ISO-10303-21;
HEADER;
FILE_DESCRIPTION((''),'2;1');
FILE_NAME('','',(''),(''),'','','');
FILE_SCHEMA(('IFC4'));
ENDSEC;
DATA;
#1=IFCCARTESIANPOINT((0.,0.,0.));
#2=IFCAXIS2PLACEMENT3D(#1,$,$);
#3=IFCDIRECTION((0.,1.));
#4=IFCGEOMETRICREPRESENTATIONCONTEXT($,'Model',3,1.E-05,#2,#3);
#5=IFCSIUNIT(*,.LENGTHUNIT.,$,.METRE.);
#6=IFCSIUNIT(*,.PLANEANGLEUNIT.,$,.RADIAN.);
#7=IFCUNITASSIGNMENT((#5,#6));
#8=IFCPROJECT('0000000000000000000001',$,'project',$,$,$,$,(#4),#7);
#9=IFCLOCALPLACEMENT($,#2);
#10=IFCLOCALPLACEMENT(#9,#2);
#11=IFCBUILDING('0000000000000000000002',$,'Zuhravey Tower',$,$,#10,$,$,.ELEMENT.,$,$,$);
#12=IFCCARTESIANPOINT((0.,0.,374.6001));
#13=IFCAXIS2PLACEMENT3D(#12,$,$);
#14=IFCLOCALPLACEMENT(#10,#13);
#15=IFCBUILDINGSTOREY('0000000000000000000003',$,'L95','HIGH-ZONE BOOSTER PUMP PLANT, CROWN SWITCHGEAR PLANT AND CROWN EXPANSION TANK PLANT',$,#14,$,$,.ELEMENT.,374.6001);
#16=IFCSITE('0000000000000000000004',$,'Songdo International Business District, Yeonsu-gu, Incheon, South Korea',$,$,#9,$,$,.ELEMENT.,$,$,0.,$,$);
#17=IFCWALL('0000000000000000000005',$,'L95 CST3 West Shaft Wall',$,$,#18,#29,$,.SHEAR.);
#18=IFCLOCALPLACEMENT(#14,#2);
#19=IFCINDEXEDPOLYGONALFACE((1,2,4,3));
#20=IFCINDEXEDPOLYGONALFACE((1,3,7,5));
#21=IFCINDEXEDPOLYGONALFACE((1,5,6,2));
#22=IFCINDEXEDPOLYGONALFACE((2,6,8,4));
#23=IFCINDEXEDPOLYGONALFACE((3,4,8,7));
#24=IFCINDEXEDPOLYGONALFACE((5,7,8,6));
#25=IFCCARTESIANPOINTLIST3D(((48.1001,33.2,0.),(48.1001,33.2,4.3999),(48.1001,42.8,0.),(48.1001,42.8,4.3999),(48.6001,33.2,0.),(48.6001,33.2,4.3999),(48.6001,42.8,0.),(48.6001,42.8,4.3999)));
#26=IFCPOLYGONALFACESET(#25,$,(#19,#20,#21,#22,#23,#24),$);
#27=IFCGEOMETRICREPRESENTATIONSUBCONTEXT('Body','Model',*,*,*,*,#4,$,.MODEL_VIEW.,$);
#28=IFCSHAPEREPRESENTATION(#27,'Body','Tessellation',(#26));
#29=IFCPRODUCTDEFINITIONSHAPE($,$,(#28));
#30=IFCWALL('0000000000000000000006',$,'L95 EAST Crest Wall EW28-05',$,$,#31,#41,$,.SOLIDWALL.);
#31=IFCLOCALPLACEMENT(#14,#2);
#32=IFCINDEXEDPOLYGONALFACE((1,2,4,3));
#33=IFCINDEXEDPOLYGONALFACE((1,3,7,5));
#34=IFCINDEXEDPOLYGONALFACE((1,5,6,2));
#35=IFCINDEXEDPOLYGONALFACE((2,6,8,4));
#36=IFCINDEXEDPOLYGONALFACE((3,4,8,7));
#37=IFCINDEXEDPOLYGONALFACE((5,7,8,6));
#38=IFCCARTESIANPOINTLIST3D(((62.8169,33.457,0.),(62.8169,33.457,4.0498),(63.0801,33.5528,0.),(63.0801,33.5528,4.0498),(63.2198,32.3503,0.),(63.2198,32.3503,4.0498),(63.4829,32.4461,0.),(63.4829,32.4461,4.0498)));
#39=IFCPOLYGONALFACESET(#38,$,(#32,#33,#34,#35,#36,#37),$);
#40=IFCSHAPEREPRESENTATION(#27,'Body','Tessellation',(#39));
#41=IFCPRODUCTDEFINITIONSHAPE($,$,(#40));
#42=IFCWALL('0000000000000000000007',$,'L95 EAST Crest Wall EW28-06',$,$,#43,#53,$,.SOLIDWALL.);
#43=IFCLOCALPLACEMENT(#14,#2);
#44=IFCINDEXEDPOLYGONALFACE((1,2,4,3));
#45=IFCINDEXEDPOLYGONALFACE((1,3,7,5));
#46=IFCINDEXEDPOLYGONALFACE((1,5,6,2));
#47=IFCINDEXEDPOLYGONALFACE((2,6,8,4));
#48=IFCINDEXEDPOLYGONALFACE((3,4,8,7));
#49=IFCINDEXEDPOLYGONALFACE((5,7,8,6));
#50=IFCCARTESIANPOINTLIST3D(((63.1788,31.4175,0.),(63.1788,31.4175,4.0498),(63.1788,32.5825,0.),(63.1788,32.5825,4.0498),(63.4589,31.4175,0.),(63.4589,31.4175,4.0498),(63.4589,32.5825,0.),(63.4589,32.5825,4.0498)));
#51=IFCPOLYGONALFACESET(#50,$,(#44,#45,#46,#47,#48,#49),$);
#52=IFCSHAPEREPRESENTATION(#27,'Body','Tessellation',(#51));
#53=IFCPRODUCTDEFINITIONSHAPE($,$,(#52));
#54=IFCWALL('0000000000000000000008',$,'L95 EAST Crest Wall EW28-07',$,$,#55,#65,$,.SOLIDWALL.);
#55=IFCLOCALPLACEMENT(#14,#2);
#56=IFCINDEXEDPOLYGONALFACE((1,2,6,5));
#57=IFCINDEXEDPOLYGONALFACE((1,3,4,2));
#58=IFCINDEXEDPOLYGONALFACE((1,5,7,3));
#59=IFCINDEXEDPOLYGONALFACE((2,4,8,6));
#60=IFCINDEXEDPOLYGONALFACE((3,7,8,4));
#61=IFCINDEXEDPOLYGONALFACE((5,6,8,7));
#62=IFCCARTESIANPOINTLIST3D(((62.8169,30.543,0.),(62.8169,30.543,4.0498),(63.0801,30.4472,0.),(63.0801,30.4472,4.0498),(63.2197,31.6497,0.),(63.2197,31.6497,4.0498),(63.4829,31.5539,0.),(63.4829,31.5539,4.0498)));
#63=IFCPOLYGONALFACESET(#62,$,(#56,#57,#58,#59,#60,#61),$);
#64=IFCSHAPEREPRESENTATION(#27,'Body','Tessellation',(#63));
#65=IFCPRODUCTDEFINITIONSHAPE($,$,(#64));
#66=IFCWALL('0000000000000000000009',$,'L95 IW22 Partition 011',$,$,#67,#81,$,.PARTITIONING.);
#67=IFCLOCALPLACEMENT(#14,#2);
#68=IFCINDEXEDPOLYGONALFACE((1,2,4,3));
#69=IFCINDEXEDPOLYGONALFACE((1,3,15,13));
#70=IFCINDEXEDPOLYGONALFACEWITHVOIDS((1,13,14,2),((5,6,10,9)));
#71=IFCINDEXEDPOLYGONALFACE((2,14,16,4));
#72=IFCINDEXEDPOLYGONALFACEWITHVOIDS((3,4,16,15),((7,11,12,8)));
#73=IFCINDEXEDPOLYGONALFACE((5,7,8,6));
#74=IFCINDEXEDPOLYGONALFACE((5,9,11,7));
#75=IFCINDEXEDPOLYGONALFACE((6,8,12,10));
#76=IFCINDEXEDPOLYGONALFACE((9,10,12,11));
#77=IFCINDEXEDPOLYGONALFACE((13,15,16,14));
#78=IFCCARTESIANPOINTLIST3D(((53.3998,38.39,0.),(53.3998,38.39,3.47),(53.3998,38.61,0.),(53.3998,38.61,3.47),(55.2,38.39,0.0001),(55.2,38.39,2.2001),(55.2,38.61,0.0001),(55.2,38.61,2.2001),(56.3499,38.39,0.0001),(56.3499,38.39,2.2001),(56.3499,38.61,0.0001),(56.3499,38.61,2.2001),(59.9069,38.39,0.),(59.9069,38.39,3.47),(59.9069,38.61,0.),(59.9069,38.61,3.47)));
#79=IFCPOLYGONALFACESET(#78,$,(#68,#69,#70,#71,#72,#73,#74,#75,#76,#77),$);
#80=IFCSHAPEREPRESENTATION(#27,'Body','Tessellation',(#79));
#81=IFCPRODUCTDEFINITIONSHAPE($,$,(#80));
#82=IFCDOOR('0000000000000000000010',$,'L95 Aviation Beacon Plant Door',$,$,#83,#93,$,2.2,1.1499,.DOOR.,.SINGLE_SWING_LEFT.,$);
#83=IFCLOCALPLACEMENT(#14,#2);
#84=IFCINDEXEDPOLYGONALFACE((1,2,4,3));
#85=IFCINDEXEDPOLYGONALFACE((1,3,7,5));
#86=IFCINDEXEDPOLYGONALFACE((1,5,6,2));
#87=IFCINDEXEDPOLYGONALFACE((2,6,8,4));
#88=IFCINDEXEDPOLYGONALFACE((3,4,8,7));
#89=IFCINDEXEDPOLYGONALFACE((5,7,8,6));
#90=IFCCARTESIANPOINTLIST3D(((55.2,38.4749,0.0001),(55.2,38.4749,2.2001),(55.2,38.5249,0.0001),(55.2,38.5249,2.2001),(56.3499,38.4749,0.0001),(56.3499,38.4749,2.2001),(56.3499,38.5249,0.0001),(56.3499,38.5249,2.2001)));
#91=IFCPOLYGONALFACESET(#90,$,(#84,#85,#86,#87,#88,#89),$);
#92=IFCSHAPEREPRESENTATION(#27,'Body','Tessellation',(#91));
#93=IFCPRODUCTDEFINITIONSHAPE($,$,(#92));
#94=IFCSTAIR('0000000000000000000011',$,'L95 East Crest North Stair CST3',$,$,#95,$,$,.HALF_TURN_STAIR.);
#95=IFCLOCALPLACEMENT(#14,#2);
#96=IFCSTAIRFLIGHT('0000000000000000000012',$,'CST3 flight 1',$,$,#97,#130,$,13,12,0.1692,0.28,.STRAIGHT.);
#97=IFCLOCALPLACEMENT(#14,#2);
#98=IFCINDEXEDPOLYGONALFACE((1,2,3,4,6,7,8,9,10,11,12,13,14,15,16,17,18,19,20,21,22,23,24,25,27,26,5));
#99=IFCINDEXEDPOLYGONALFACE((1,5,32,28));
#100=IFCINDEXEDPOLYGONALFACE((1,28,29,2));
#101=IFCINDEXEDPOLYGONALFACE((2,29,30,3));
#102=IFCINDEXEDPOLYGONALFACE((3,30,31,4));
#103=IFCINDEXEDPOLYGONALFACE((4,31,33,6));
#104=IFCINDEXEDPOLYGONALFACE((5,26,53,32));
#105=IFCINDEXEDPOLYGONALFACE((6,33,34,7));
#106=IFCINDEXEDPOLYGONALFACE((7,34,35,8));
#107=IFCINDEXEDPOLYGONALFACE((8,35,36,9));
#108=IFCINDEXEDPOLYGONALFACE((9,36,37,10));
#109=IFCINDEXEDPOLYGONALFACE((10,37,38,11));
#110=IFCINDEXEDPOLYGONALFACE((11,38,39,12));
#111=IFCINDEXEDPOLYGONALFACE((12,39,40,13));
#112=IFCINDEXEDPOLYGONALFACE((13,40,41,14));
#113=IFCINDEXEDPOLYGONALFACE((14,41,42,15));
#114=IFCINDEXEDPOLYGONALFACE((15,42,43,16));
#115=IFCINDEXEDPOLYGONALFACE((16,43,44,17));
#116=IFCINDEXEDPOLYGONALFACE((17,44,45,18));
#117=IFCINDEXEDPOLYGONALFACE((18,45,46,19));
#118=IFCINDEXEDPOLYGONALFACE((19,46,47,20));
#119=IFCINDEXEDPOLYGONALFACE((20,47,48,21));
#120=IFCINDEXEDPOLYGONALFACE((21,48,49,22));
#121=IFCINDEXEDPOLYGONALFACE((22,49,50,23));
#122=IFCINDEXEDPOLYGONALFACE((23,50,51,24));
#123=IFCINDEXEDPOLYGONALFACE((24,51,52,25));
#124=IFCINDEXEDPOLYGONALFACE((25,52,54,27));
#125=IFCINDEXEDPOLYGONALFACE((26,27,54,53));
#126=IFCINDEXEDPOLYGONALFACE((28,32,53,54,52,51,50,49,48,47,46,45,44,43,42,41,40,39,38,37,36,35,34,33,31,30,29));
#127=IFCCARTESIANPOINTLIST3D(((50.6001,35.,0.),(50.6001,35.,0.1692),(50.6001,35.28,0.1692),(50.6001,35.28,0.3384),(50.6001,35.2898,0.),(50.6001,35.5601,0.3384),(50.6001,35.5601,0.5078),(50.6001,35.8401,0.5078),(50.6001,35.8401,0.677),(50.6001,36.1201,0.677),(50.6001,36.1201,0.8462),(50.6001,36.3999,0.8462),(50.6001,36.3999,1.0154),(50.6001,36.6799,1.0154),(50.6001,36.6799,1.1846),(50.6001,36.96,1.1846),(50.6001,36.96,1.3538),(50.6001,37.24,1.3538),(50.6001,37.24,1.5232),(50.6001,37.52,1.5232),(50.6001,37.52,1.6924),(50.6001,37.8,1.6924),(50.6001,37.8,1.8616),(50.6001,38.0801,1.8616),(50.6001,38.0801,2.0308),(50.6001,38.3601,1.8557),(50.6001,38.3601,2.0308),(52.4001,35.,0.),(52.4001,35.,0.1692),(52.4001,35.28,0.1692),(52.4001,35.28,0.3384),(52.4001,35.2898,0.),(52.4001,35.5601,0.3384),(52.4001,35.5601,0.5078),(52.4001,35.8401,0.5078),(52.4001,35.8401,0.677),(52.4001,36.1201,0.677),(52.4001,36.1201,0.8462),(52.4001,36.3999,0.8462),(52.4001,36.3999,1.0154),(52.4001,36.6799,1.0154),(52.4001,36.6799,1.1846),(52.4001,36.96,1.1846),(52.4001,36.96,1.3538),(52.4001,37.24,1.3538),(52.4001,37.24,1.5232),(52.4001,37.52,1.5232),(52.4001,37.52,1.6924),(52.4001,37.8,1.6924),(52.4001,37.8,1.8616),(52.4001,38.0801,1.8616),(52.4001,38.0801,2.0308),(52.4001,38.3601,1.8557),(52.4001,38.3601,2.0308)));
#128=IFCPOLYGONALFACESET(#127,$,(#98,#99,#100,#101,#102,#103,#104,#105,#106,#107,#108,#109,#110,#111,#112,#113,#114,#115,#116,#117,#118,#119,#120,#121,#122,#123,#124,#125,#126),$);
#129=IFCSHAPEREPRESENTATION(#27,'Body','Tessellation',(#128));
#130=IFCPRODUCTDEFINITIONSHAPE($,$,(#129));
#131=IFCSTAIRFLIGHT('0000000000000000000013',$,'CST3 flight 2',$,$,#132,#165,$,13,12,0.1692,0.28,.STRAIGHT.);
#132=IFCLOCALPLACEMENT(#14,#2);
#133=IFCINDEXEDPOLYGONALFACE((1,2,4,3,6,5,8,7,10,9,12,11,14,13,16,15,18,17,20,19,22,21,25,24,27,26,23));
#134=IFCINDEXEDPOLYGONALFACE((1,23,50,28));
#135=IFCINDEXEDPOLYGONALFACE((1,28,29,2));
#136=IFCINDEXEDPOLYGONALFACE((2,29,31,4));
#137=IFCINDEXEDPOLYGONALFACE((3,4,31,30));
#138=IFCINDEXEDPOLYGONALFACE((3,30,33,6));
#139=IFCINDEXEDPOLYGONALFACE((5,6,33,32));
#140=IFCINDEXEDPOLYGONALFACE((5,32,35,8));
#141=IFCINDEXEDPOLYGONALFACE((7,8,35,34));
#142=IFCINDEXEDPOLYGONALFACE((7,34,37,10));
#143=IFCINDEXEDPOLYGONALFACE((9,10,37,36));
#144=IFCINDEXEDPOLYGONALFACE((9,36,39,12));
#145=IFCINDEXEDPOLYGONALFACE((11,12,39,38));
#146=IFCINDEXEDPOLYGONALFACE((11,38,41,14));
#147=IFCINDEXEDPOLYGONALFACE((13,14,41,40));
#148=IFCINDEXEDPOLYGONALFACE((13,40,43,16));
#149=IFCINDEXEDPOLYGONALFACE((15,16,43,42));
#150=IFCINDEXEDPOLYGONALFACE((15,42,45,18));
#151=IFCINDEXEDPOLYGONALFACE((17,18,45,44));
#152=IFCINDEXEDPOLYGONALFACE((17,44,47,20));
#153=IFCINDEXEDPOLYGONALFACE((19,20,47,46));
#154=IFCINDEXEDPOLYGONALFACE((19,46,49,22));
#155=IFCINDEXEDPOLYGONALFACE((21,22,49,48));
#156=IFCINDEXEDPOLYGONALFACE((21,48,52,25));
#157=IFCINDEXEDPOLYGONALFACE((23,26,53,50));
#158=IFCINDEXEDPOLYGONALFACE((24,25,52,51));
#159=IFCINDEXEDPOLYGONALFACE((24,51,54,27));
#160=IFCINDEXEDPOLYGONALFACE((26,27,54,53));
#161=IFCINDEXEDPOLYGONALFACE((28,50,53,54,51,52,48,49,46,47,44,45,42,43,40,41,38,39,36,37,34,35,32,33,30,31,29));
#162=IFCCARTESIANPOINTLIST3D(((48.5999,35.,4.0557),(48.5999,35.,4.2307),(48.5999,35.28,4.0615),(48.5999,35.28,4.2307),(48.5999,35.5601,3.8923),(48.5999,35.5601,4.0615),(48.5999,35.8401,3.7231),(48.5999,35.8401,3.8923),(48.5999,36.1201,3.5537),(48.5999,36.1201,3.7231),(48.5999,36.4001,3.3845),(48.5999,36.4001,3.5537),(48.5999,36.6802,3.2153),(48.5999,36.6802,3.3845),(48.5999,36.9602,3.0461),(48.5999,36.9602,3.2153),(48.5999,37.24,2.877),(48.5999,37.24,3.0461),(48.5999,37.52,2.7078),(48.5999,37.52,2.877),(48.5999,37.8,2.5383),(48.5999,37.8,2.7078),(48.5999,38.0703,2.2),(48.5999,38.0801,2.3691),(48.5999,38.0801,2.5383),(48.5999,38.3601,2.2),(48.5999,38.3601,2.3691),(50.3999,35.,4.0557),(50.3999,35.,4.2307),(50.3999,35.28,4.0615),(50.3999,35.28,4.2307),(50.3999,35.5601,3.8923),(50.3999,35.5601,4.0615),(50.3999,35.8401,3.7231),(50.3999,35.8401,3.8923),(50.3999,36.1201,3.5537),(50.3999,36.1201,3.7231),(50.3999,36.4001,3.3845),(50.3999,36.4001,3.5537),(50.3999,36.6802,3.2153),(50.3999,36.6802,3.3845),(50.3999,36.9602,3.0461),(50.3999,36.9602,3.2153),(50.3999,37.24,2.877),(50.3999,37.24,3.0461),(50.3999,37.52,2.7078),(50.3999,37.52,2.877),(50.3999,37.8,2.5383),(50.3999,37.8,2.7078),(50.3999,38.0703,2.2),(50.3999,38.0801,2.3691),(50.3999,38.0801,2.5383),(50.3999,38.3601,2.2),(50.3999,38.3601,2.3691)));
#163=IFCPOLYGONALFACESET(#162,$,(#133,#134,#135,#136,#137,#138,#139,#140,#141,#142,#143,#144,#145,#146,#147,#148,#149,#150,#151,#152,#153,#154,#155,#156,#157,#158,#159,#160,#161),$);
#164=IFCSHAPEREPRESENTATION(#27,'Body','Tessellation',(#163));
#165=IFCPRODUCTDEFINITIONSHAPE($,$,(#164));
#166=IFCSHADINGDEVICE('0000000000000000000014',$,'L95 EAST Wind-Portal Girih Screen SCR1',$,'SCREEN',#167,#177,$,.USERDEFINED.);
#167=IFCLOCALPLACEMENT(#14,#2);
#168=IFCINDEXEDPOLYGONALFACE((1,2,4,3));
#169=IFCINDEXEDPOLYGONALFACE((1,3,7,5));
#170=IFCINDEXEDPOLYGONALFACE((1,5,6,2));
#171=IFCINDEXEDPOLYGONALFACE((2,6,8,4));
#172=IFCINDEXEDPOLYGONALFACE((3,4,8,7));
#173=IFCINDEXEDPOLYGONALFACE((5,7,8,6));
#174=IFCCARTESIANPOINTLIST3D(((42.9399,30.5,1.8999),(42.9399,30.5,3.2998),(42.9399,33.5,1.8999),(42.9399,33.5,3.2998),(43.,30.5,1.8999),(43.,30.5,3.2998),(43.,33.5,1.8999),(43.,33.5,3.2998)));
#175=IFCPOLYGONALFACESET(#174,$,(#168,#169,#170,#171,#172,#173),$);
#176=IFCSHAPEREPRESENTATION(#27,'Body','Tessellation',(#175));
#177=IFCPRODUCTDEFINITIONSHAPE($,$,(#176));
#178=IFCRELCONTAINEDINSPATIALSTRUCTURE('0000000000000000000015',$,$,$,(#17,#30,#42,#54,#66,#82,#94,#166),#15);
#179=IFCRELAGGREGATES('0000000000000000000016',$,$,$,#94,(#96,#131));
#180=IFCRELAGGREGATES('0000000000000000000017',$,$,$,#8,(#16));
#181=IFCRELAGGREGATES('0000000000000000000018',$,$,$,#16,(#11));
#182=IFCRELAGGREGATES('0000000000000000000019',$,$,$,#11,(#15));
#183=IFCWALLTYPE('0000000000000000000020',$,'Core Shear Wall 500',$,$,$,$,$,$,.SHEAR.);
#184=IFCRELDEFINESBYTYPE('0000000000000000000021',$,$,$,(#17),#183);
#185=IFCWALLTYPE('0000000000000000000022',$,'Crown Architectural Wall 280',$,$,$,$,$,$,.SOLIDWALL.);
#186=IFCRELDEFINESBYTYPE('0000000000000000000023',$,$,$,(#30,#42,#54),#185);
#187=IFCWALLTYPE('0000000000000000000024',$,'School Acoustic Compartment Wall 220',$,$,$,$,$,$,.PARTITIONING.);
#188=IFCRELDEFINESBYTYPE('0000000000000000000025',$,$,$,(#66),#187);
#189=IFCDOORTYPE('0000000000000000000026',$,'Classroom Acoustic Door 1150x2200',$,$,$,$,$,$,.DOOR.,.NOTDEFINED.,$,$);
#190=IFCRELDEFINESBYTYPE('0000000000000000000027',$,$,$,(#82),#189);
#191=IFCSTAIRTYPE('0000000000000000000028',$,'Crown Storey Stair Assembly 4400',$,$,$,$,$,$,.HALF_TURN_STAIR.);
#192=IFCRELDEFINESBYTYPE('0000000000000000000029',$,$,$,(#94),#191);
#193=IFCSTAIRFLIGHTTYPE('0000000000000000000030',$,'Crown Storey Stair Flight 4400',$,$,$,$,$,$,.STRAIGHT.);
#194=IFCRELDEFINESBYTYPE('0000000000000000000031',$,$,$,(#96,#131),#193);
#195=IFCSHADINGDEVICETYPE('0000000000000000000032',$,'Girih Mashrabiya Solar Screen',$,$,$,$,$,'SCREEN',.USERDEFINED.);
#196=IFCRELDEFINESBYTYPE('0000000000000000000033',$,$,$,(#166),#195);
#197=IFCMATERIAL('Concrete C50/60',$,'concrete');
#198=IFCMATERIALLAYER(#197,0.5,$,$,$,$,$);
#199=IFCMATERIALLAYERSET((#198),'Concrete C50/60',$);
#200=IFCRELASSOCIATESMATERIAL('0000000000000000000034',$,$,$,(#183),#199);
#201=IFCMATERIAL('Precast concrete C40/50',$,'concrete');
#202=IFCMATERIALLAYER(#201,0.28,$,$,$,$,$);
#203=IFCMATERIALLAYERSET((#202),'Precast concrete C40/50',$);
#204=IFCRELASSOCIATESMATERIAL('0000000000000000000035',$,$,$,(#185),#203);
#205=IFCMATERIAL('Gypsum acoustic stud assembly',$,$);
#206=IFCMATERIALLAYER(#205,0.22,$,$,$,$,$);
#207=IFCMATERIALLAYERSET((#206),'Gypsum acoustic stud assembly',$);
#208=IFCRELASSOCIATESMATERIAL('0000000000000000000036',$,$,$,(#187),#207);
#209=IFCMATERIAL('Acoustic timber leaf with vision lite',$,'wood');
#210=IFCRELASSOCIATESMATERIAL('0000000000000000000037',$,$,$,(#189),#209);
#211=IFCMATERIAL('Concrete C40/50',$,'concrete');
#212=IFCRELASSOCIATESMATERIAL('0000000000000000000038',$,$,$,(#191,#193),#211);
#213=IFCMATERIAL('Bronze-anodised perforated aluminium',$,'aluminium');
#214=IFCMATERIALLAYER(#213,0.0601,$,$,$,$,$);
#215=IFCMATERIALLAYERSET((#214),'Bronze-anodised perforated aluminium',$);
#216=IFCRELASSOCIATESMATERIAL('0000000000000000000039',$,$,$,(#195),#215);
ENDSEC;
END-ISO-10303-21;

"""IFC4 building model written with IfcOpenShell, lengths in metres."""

from ifc_helpers import new_model, si_unit, direction, frame, frame_2d, origin, origin_2d, place, context, subcontext, project, spatial, polyline, rectangle, outline, extrude, material, layer, layer_set, type_object, element, fill, aggregate, save


model = new_model("IFC4")

# Units and contexts
model_context = context("Model", 3, precision=1e-05, world=origin(), true_north=direction((0.0, 1.0)))
body_context = subcontext(model_context, "Body", "Model", "MODEL_VIEW")
ifc_project = project(units=[si_unit("LENGTHUNIT", "METRE"), si_unit("PLANEANGLEUNIT", "RADIAN")], contexts=[model_context])

# Site, building, storey
site_placement = place(None, origin())
site = spatial("IfcSite", under=ifc_project, at=site_placement, Name="Songdo International Business District, Yeonsu-gu, Incheon, South Korea", CompositionType="ELEMENT", RefElevation=0.0)
building_placement = place(site_placement, origin())
building = spatial("IfcBuilding", under=site, at=building_placement, Name="Zuhravey Tower", CompositionType="ELEMENT")
storey_placement = place(building_placement, frame((0.0, 0.0, 374.6001)))
storey = spatial("IfcBuildingStorey", under=building, at=storey_placement, Name="L95", Description="HIGH-ZONE BOOSTER PUMP PLANT, CROWN SWITCHGEAR PLANT AND CROWN EXPANSION TANK PLANT", CompositionType="ELEMENT", Elevation=374.6001)

# Shared definitions
ifc_material_1 = material(Name="Concrete C50/60", Category="concrete")
ifc_layer_1 = layer(ifc_material_1, 0.5)
ifc_layer_set_1 = layer_set([ifc_layer_1], Name="Concrete C50/60")
wall_type_1 = type_object("IfcWallType", Name="Core Shear Wall 500", PredefinedType="SHEAR", material=ifc_layer_set_1)

# Walls
wall_1_placement = place(storey_placement, frame((48.3501, 33.2, 0.0), z_axis=(0.0, 0.0, 1.0), x_axis=(0.0, 1.0, 0.0)))
element("IfcWall", 1, at=wall_1_placement, inside=storey, type_object=wall_type_1, Name="L95 CST3 West Shaft Wall", PredefinedType="SHEAR", context=body_context, shape_type="SweptSolid", body=[
    extrude(rectangle(XDim=9.6001, YDim=0.5, at=frame_2d((4.8, 0.0))), origin(), (0.0, 0.0, 1.0), 4.3999),
])
ifc_material_2 = material(Name="Precast concrete C40/50", Category="concrete")
ifc_layer_2 = layer(ifc_material_2, 0.28)
ifc_layer_set_2 = layer_set([ifc_layer_2], Name="Precast concrete C40/50")
wall_type_2 = type_object("IfcWallType", Name="Crown Architectural Wall 280", PredefinedType="SOLIDWALL", material=ifc_layer_set_2)
wall_2_placement = place(storey_placement, frame((62.9485, 33.5049, 0.0), z_axis=(0.0, 0.0, 1.0), x_axis=(0.342043, -0.939684, 0.0)))
element("IfcWall", 2, at=wall_2_placement, inside=storey, type_object=wall_type_2, Name="L95 EAST Crest Wall EW28-05", PredefinedType="SOLIDWALL", context=body_context, shape_type="SweptSolid", body=[
    extrude(rectangle(XDim=1.1777, YDim=0.28, at=frame_2d((0.5889, 0.0))), origin(), (0.0, 0.0, 1.0), 4.0498),
])
wall_3_placement = place(storey_placement, frame((63.3188, 32.5825, 0.0), z_axis=(0.0, 0.0, 1.0), x_axis=(0.0, -1.0, 0.0)))
element("IfcWall", 3, at=wall_3_placement, inside=storey, type_object=wall_type_2, Name="L95 EAST Crest Wall EW28-06", PredefinedType="SOLIDWALL", context=body_context, shape_type="SweptSolid", body=[
    extrude(rectangle(XDim=1.165, YDim=0.28, at=frame_2d((0.5825, 0.0))), origin(), (0.0, 0.0, 1.0), 4.0498),
])
wall_4_placement = place(storey_placement, frame((63.3513, 31.6018, 0.0), z_axis=(0.0, 0.0, 1.0), x_axis=(-0.342043, -0.939684, 0.0)))
element("IfcWall", 4, at=wall_4_placement, inside=storey, type_object=wall_type_2, Name="L95 EAST Crest Wall EW28-07", PredefinedType="SOLIDWALL", context=body_context, shape_type="SweptSolid", body=[
    extrude(rectangle(XDim=1.1777, YDim=0.28, at=frame_2d((0.5889, 0.0))), origin(), (0.0, 0.0, 1.0), 4.0498),
])

# Wall, opening, door
ifc_material_3 = material(Name="Gypsum acoustic stud assembly")
ifc_layer_3 = layer(ifc_material_3, 0.22)
ifc_layer_set_3 = layer_set([ifc_layer_3], Name="Gypsum acoustic stud assembly")
wall_type_3 = type_object("IfcWallType", Name="School Acoustic Compartment Wall 220", PredefinedType="PARTITIONING", material=ifc_layer_set_3)
wall_5_placement = place(storey_placement, frame((53.3999, 38.5, 0.0), z_axis=(0.0, 0.0, 1.0), x_axis=(1.0, 0.0, 0.0)))
wall_5 = element("IfcWall", 5, at=wall_5_placement, inside=storey, type_object=wall_type_3, Name="L95 IW22 Partition 011", PredefinedType="PARTITIONING", context=body_context, shape_type="SweptSolid", body=[
    extrude(rectangle(XDim=6.5071, YDim=0.22, at=frame_2d((3.2534, 0.0))), origin(), (0.0, 0.0, 1.0), 3.47),
])
opening_1_placement = place(wall_5_placement, frame((1.8, 0.0, 0.0)))
opening_1 = element("IfcOpeningElement", 6, at=opening_1_placement, cuts=wall_5, PredefinedType="OPENING", context=body_context, shape_type="SweptSolid", body=[
    extrude(rectangle(XDim=1.1499, YDim=2.2, at=frame_2d((0.575, 1.1001))), frame((0.0, 0.1221, 0.0), z_axis=(0.0, -1.0, 0.0), x_axis=(1.0, 0.0, 0.0)), (0.0, 0.0, 1.0), 0.2439),
])
ifc_material_4 = material(Name="Acoustic timber leaf with vision lite", Category="wood")
door_type_1 = type_object("IfcDoorType", Name="Classroom Acoustic Door 1150x2200", OperationType="NOTDEFINED", PredefinedType="DOOR", material=ifc_material_4)
door_1_placement = place(opening_1_placement, origin())
door_1 = element("IfcDoor", 7, at=door_1_placement, inside=storey, type_object=door_type_1, Name="L95 Aviation Beacon Plant Door", OperationType="SINGLE_SWING_LEFT", OverallHeight=2.2, OverallWidth=1.1499, PredefinedType="DOOR", context=body_context, shape_type="SweptSolid", body=[
    extrude(rectangle(XDim=1.1499, YDim=2.2, at=frame_2d((0.575, 1.1001))), frame((0.0, 0.0249, 0.0), z_axis=(0.0, -1.0, 0.0), x_axis=(1.0, 0.0, 0.0)), (0.0, 0.0, 1.0), 0.05),
])
fill(opening_1, door_1)

# Stair, stair flights
ifc_material_5 = material(Name="Concrete C40/50", Category="concrete")
stair_type = type_object("IfcStairType", Name="Crown Storey Stair Assembly 4400", PredefinedType="HALF_TURN_STAIR", material=ifc_material_5)
stair_placement = place(storey_placement, origin())
stair = element("IfcStair", 8, at=stair_placement, inside=storey, type_object=stair_type, Name="L95 East Crest North Stair CST3", PredefinedType="HALF_TURN_STAIR")
stair_flight_type = type_object("IfcStairFlightType", Name="Crown Storey Stair Flight 4400", PredefinedType="STRAIGHT", material=ifc_material_5)
stair_flight_1_placement = place(storey_placement, frame((51.5, 35.0, 0.0), z_axis=(0.0, 0.0, 1.0), x_axis=(0.0, 1.0, 0.0)))
stair_flight_1 = element("IfcStairFlight", 9, at=stair_flight_1_placement, type_object=stair_flight_type, Name="CST3 flight 1", NumberOfRisers=13, NumberOfTreads=12, PredefinedType="STRAIGHT", RiserHeight=0.1692, TreadLength=0.28, context=body_context, shape_type="SweptSolid", body=[
    extrude(outline(polyline([(0.0, 0.0), (0.0, 0.1692), (0.28, 0.1692), (0.28, 0.3384), (0.5601, 0.3384), (0.5601, 0.5078), (0.8401, 0.5078), (0.8401, 0.677), (1.1201, 0.677), (1.1201, 0.8462), (1.3999, 0.8462), (1.3999, 1.0154), (1.6799, 1.0154), (1.6799, 1.1846), (1.96, 1.1846), (1.96, 1.3538), (2.24, 1.3538), (2.24, 1.5232), (2.52, 1.5232), (2.52, 1.6924), (2.8, 1.6924), (2.8, 1.8616), (3.0801, 1.8616), (3.0801, 2.0308), (3.3601, 2.0308), (3.3601, 2.2), (3.3601, 1.8557), (0.2898, 0.0), (0.0, 0.0)])), frame((0.0, 0.8999, 0.0), z_axis=(0.0, -1.0, 0.0), x_axis=(1.0, 0.0, 0.0)), (0.0, 0.0, 1.0), 1.8),
])
stair_flight_2_placement = place(storey_placement, frame((49.5, 38.3601, 2.2), z_axis=(0.0, 0.0, 1.0), x_axis=(0.0, -1.0, 0.0)))
stair_flight_2 = element("IfcStairFlight", 10, at=stair_flight_2_placement, type_object=stair_flight_type, Name="CST3 flight 2", NumberOfRisers=13, NumberOfTreads=12, PredefinedType="STRAIGHT", RiserHeight=0.1692, TreadLength=0.28, context=body_context, shape_type="SweptSolid", body=[
    extrude(outline(polyline([(0.0, 0.0), (0.0, 0.1692), (0.28, 0.1692), (0.28, 0.3384), (0.5601, 0.3384), (0.5601, 0.5078), (0.8401, 0.5078), (0.8401, 0.677), (1.1201, 0.677), (1.1201, 0.8462), (1.3999, 0.8462), (1.3999, 1.0154), (1.6799, 1.0154), (1.6799, 1.1846), (1.96, 1.1846), (1.96, 1.3538), (2.24, 1.3538), (2.24, 1.5232), (2.52, 1.5232), (2.52, 1.6924), (2.8, 1.6924), (2.8, 1.8616), (3.0801, 1.8616), (3.0801, 2.0308), (3.3601, 2.0308), (3.3601, 2.2), (3.3601, 1.8557), (0.2898, 0.0), (0.0, 0.0)])), frame((0.0, 0.8999, 0.0), z_axis=(0.0, -1.0, 0.0), x_axis=(1.0, 0.0, 0.0)), (0.0, 0.0, 1.0), 1.8),
])
aggregate(stair, [stair_flight_1, stair_flight_2])

# Shading device
ifc_material_6 = material(Name="Bronze-anodised perforated aluminium", Category="aluminium")
ifc_layer_4 = layer(ifc_material_6, 0.0601)
ifc_layer_set_4 = layer_set([ifc_layer_4], Name="Bronze-anodised perforated aluminium")
shading_device_type = type_object("IfcShadingDeviceType", Name="Girih Mashrabiya Solar Screen", ElementType="SCREEN", PredefinedType="USERDEFINED", material=ifc_layer_set_4)
shading_device_placement = place(storey_placement, frame((42.97, 32.0, 1.8999), z_axis=(0.0, 0.0, 1.0), x_axis=(0.0, 1.0, 0.0)))
element("IfcShadingDevice", 11, at=shading_device_placement, inside=storey, type_object=shading_device_type, Name="L95 EAST Wind-Portal Girih Screen SCR1", ObjectType="SCREEN", PredefinedType="USERDEFINED", context=body_context, shape_type="SweptSolid", body=[
    extrude(rectangle(XDim=3.0, YDim=0.0601, at=origin_2d()), origin(), (0.0, 0.0, 1.0), 1.3999),
])

save(model, "model.ifc")
